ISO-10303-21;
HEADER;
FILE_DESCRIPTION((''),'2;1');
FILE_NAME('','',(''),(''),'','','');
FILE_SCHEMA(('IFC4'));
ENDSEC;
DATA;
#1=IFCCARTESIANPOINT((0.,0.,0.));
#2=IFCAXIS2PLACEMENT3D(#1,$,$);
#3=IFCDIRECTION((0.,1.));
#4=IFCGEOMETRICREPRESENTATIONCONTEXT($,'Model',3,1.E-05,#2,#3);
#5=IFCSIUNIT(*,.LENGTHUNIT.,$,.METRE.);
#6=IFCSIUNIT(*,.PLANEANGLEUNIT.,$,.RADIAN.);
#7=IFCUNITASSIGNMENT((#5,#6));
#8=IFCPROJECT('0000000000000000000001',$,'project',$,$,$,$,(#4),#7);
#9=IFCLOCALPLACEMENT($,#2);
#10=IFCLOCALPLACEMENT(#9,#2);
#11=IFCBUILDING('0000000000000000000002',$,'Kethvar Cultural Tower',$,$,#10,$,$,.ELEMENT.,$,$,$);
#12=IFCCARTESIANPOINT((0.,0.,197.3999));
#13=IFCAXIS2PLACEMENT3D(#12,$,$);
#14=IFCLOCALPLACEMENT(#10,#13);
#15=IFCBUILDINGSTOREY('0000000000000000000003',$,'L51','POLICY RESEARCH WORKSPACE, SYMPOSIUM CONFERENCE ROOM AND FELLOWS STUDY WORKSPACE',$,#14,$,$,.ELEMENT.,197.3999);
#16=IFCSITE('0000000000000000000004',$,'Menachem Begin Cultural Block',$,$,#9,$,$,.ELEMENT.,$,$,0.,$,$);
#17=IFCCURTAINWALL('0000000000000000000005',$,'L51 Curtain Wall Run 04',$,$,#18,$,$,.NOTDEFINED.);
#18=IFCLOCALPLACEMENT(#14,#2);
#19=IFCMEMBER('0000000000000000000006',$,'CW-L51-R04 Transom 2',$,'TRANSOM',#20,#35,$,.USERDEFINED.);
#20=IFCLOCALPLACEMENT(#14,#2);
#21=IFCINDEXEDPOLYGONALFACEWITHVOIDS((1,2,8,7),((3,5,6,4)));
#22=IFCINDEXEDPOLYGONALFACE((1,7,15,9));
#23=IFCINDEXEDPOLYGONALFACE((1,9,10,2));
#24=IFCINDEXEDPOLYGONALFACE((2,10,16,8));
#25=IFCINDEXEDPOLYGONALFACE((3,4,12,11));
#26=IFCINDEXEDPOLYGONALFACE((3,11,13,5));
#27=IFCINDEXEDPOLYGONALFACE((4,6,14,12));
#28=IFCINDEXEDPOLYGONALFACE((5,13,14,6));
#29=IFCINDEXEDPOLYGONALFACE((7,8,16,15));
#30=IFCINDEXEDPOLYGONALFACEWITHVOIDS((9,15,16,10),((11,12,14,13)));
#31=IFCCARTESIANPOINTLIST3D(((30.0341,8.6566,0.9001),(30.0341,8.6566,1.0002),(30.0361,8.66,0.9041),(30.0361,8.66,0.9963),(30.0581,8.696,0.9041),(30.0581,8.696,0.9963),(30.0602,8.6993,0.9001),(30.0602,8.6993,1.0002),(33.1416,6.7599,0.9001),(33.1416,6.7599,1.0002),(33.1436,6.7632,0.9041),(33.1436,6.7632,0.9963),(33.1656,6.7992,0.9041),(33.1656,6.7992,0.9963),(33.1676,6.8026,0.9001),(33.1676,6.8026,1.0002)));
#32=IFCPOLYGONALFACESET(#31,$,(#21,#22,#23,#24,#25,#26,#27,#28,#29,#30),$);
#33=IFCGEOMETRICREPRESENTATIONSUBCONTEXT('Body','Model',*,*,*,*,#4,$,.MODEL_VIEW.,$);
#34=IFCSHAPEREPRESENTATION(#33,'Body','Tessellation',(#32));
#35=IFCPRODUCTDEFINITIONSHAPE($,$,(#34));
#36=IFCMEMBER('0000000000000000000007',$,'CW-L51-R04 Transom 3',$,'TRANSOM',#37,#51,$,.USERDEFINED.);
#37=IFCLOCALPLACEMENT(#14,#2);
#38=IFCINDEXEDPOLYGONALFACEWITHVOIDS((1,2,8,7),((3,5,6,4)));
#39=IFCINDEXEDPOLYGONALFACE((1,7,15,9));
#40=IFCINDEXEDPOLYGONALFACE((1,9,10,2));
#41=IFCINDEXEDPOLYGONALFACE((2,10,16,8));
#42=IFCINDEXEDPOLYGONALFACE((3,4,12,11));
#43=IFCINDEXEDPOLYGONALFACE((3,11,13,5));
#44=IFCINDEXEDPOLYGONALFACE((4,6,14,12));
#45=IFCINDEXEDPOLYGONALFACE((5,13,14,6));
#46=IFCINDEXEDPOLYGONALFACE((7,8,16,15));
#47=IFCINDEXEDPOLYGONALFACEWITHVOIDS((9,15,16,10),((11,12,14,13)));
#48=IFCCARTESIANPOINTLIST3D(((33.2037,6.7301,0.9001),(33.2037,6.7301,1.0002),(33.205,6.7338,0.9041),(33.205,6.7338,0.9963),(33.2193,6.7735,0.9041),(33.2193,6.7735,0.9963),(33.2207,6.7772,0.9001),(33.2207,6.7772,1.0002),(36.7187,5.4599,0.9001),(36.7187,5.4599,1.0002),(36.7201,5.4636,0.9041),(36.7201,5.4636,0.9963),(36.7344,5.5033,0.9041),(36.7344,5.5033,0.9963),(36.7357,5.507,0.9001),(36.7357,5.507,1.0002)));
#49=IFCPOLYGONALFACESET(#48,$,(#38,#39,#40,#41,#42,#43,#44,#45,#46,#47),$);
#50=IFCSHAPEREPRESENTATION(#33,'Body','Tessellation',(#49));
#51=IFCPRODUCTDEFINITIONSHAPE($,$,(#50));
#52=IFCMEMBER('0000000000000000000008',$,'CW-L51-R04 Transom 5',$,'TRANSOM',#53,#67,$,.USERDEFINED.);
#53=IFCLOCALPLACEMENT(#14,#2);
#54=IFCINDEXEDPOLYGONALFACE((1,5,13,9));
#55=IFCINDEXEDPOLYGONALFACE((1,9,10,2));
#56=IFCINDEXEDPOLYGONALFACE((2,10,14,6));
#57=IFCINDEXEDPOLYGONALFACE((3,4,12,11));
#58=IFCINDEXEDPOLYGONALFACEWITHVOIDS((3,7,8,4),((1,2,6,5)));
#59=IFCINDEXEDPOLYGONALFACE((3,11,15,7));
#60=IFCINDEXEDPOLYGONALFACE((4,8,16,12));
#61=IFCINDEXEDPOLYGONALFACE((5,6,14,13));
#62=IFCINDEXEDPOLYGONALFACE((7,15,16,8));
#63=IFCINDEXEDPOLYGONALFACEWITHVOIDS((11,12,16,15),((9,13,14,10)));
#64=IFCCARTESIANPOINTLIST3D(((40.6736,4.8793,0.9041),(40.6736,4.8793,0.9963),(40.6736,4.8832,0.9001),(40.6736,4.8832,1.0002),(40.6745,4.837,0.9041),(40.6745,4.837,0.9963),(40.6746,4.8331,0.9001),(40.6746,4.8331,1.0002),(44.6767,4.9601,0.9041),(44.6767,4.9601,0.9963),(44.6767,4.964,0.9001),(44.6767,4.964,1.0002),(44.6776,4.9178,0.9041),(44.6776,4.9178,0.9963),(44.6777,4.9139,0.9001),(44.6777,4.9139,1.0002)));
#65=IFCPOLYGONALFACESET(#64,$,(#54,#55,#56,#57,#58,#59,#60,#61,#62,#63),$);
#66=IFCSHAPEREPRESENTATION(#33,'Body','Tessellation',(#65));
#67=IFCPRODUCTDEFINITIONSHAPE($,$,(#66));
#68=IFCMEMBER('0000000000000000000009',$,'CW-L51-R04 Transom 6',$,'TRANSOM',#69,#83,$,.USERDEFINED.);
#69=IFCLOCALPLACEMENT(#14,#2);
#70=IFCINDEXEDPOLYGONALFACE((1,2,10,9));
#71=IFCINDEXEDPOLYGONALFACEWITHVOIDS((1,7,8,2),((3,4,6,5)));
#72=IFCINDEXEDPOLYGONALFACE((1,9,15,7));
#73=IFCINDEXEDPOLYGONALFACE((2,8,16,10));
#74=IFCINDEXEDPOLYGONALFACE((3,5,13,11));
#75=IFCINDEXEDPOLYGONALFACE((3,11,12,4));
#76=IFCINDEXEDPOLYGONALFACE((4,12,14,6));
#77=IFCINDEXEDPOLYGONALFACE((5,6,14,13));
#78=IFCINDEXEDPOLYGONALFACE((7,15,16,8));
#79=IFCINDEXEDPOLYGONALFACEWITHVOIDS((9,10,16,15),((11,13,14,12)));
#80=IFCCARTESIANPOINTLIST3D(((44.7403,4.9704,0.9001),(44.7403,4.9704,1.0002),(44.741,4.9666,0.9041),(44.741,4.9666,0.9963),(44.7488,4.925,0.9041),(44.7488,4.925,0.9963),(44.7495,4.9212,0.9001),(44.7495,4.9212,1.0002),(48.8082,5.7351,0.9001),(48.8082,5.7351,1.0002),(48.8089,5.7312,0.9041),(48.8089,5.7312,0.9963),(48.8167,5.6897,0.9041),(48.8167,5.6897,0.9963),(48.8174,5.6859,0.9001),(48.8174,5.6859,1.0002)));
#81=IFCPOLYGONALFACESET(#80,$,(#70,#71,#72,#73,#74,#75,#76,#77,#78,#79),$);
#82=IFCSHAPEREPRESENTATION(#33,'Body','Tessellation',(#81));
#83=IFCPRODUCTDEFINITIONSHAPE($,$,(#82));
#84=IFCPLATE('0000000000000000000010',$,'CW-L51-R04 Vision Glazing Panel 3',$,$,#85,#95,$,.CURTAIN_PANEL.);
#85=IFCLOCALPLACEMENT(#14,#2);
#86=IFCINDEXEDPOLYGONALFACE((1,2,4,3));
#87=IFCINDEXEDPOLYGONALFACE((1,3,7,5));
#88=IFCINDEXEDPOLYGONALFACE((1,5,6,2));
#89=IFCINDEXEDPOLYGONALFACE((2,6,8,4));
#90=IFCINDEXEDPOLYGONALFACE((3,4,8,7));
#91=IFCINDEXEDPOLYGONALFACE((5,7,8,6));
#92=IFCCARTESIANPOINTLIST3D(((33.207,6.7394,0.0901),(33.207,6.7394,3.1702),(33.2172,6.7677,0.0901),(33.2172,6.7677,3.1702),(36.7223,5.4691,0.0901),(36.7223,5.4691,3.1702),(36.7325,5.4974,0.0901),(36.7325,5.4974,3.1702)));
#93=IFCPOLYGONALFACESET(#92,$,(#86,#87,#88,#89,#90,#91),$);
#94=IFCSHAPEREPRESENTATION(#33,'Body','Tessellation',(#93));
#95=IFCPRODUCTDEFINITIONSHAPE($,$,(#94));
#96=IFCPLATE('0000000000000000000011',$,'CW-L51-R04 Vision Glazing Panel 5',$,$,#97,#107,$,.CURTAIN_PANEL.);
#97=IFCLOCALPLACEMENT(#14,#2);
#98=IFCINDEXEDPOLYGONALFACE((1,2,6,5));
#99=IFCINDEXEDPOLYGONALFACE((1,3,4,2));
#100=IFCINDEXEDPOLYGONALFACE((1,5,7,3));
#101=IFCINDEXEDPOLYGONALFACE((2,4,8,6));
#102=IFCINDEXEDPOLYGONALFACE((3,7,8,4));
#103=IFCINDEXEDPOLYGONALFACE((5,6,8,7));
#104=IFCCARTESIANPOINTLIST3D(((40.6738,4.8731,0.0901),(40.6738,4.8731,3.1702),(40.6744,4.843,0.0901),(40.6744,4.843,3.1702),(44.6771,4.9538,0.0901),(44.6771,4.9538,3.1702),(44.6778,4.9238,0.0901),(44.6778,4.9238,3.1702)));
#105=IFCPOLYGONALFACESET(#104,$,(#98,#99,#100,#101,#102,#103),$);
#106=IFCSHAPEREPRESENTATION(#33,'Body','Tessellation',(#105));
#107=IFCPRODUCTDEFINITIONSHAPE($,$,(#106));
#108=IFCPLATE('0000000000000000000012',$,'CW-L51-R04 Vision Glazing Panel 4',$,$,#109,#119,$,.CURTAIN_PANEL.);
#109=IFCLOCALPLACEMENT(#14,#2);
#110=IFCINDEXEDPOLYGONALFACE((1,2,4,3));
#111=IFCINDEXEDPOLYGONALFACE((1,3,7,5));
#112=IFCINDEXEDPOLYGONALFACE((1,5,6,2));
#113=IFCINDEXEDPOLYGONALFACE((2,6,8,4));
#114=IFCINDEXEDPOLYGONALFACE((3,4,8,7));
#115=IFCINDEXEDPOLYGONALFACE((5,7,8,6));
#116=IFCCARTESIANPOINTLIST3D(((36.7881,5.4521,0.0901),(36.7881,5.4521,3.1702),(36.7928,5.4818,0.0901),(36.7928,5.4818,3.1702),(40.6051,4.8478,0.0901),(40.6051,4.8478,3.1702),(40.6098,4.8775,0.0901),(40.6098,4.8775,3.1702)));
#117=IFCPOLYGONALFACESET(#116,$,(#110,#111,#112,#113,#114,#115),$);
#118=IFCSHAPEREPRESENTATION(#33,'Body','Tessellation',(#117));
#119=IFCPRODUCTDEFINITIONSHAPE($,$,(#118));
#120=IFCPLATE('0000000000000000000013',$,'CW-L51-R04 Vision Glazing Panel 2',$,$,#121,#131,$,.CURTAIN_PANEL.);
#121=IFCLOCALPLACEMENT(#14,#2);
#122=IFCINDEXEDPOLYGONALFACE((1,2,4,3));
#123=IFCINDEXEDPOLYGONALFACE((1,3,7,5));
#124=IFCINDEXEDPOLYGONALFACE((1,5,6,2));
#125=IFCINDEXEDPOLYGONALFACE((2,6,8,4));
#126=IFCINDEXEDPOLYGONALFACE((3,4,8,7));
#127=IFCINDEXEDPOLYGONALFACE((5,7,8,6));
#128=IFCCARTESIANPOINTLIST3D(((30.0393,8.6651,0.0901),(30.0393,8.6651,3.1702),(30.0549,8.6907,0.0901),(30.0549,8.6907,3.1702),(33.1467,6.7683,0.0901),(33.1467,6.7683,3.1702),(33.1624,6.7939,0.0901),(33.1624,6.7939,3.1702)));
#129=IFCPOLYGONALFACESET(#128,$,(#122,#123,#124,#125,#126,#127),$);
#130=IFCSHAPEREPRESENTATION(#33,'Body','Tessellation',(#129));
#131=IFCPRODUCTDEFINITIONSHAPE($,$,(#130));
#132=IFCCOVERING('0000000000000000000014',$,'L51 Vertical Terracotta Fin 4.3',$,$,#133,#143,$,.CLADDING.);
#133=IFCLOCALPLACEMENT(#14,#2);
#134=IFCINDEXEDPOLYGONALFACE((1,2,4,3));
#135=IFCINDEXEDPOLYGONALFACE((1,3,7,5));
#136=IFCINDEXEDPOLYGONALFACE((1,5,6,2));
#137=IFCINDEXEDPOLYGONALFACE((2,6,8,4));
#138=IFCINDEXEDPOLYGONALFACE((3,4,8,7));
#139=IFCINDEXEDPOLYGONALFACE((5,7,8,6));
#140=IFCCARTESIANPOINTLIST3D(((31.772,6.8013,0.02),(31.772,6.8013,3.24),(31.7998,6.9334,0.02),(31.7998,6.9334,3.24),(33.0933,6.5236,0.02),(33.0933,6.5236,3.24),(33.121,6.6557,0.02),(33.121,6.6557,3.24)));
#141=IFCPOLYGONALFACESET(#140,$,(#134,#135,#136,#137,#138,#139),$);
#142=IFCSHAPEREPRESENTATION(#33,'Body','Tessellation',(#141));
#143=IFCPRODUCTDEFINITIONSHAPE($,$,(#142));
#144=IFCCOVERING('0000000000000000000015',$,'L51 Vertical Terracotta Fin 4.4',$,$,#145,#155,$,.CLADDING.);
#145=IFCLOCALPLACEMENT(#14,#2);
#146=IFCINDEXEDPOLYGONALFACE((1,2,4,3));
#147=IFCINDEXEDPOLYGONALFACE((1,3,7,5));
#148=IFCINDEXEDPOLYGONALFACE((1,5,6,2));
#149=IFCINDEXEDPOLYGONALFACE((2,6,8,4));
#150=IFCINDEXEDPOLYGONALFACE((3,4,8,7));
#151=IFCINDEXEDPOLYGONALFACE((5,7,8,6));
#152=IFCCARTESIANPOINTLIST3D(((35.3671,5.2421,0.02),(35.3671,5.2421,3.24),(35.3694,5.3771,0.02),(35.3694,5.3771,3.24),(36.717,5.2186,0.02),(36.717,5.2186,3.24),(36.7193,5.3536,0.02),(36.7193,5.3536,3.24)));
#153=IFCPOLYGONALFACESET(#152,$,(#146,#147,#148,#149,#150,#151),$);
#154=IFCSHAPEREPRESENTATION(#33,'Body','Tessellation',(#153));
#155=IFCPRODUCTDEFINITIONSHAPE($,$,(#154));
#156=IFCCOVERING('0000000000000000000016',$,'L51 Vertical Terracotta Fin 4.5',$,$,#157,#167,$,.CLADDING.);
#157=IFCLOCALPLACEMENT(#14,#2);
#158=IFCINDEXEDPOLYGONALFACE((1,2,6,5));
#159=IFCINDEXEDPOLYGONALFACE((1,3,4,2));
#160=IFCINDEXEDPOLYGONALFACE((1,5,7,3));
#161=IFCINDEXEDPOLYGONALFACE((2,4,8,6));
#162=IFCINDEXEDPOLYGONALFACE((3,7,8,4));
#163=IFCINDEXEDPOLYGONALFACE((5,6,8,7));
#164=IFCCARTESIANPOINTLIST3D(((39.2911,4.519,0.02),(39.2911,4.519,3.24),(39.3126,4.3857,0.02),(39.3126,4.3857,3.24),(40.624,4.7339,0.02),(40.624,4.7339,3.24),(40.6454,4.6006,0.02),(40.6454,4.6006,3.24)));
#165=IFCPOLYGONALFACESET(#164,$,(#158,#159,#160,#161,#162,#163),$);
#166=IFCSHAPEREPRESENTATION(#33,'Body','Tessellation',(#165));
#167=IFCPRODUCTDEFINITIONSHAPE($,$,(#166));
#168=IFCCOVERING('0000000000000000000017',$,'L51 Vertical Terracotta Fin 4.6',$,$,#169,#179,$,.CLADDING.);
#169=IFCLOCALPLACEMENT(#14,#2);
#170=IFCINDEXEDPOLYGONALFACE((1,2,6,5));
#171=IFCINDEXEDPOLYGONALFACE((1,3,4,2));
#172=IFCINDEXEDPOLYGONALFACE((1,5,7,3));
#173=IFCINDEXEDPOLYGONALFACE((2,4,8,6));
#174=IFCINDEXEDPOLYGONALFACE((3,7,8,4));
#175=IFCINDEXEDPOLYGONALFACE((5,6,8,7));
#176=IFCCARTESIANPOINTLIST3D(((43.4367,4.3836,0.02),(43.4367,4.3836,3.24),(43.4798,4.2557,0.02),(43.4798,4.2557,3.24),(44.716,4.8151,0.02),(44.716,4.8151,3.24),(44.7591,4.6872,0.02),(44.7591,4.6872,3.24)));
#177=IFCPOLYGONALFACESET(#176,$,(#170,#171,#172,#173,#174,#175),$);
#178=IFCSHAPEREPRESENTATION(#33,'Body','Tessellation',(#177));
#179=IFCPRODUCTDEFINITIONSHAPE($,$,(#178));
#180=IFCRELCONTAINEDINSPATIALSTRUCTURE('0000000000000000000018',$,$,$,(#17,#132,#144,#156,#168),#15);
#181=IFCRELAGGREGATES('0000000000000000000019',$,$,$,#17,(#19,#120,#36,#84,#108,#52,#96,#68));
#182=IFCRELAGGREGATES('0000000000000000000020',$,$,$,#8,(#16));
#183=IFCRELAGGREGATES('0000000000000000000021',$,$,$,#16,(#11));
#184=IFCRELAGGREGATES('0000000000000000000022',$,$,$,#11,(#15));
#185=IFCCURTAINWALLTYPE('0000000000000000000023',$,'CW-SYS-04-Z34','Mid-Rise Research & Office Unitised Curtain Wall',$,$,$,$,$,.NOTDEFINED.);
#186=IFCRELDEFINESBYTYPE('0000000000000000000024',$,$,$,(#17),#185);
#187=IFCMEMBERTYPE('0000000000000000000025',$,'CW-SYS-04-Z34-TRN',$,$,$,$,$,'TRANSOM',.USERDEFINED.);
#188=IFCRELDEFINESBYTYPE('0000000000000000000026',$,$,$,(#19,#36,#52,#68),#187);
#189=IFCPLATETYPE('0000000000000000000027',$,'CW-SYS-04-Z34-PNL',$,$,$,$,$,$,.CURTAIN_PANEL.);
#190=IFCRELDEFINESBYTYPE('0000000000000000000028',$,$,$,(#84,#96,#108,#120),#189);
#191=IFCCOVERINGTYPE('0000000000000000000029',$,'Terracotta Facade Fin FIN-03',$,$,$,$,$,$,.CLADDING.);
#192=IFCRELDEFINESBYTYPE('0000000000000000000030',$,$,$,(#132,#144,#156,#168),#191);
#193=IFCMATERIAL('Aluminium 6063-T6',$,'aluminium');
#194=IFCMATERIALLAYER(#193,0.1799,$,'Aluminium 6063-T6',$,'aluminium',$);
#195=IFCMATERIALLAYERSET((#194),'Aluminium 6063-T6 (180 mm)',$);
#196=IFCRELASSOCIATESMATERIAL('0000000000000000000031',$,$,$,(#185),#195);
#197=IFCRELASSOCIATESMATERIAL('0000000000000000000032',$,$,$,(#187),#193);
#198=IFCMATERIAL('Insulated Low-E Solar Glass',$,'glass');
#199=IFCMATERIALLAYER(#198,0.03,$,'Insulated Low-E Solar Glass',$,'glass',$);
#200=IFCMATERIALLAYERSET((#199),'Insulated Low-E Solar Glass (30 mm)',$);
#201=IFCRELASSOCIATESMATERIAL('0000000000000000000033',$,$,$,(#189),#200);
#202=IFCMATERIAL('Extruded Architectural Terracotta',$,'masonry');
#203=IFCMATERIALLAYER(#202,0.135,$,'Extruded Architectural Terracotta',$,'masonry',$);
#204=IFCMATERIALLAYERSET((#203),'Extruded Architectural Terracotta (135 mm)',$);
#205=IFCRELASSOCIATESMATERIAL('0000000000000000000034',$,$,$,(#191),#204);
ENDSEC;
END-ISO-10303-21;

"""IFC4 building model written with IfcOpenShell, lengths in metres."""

from ifc_helpers import new_model, si_unit, direction, frame, origin, origin_2d, place, context, subcontext, project, spatial, rectangle, hollow_rectangle, extrude, source, transform, mapped, material, layer, layer_set, material_profile, profile_set, type_object, element, aggregate, save


model = new_model("IFC4")

# Units and contexts
model_context = context("Model", 3, precision=1e-05, world=origin(), true_north=direction((0.0, 1.0)))
body_context = subcontext(model_context, "Body", "Model", "MODEL_VIEW")
ifc_project = project(units=[si_unit("LENGTHUNIT", "METRE"), si_unit("PLANEANGLEUNIT", "RADIAN")], contexts=[model_context])

# Site, building, storey
site_placement = place(None, origin())
site = spatial("IfcSite", under=ifc_project, at=site_placement, Name="Menachem Begin Cultural Block", CompositionType="ELEMENT", RefElevation=0.0)
building_placement = place(site_placement, origin())
building = spatial("IfcBuilding", under=site, at=building_placement, Name="Kethvar Cultural Tower", CompositionType="ELEMENT")
storey_placement = place(building_placement, frame((0.0, 0.0, 197.3999)))
storey = spatial("IfcBuildingStorey", under=building, at=storey_placement, Name="L51", Description="POLICY RESEARCH WORKSPACE, SYMPOSIUM CONFERENCE ROOM AND FELLOWS STUDY WORKSPACE", CompositionType="ELEMENT", Elevation=197.3999)

# Curtain wall, members, plates
ifc_material_1 = material(Name="Aluminium 6063-T6", Category="aluminium")
ifc_layer_1 = layer(ifc_material_1, 0.1799, Name="Aluminium 6063-T6", Category="aluminium")
ifc_layer_set_1 = layer_set([ifc_layer_1], Name="Aluminium 6063-T6 (180 mm)")
curtain_wall_type = type_object("IfcCurtainWallType", Name="CW-SYS-04-Z34", Description="Mid-Rise Research & Office Unitised Curtain Wall", PredefinedType="NOTDEFINED", material=ifc_layer_set_1)
curtain_wall_placement = place(storey_placement, origin())
curtain_wall = element("IfcCurtainWall", 1, at=curtain_wall_placement, inside=storey, type_object=curtain_wall_type, Name="L51 Curtain Wall Run 04", PredefinedType="NOTDEFINED")
ifc_material_profile_1 = material_profile(ifc_material_1, hollow_rectangle(XDim=0.05, YDim=0.1001, WallThickness=0.0039, at=origin_2d()), Name="Aluminium 6063-T6 — RHS100x50x4")
ifc_profile_set_1 = profile_set([ifc_material_profile_1], Name="Aluminium 6063-T6 — RHS100x50x4")
member_type_1 = type_object("IfcMemberType", Name="CW-SYS-04-Z34-TRN", ElementType="TRANSOM", PredefinedType="USERDEFINED", material=ifc_profile_set_1)
shared_shape_1 = source(origin(), body_context, "Body", "SweptSolid", [
    extrude(hollow_rectangle(XDim=0.05, YDim=0.1001, WallThickness=0.0039, at=origin_2d()), origin(), (0.0, 0.0, 1.0), 3.6406),
])
member_1_placement = place(storey_placement, frame((30.0471, 8.678, 0.9502), z_axis=(0.853557, -0.521, 0.0), x_axis=(0.521, 0.853557, 0.0)))
member_1 = element("IfcMember", 2, at=member_1_placement, type_object=member_type_1, Name="CW-L51-R04 Transom 2", ObjectType="TRANSOM", PredefinedType="USERDEFINED", context=body_context, shape_type="MappedRepresentation", body=[
    mapped(shared_shape_1, transform((0.0, 0.0, 0.0), scale=1.0)),
])
shared_shape_2 = source(origin(), body_context, "Body", "SweptSolid", [
    extrude(hollow_rectangle(XDim=0.05, YDim=0.1001, WallThickness=0.0039, at=origin_2d()), origin(), (0.0, 0.0, 1.0), 3.7375),
])
member_2_placement = place(storey_placement, frame((33.2122, 6.7537, 0.9502), z_axis=(0.940476, -0.33986, 0.0), x_axis=(0.33986, 0.940476, 0.0)))
member_2 = element("IfcMember", 3, at=member_2_placement, type_object=member_type_1, Name="CW-L51-R04 Transom 3", ObjectType="TRANSOM", PredefinedType="USERDEFINED", context=body_context, shape_type="MappedRepresentation", body=[
    mapped(shared_shape_2, transform((0.0, 0.0, 0.0), scale=1.0)),
])
shared_shape_3 = source(origin(), body_context, "Body", "SweptSolid", [
    extrude(hollow_rectangle(XDim=0.05, YDim=0.1001, WallThickness=0.0039, at=origin_2d()), origin(), (0.0, 0.0, 1.0), 4.0039),
])
member_3_placement = place(storey_placement, frame((40.6741, 4.8582, 0.9502), z_axis=(0.999796, 0.020183, 0.0), x_axis=(-0.020183, 0.999796, 0.0)))
member_3 = element("IfcMember", 4, at=member_3_placement, type_object=member_type_1, Name="CW-L51-R04 Transom 5", ObjectType="TRANSOM", PredefinedType="USERDEFINED", context=body_context, shape_type="MappedRepresentation", body=[
    mapped(shared_shape_3, transform((0.0, 0.0, 0.0), scale=1.0)),
])
shared_shape_4 = source(origin(), body_context, "Body", "SweptSolid", [
    extrude(hollow_rectangle(XDim=0.05, YDim=0.1001, WallThickness=0.0039, at=origin_2d()), origin(), (0.0, 0.0, 1.0), 4.1392),
])
member_4_placement = place(storey_placement, frame((44.7449, 4.9458, 0.9502), z_axis=(0.982788, 0.184737, 0.0), x_axis=(-0.184737, 0.982788, 0.0)))
member_4 = element("IfcMember", 5, at=member_4_placement, type_object=member_type_1, Name="CW-L51-R04 Transom 6", ObjectType="TRANSOM", PredefinedType="USERDEFINED", context=body_context, shape_type="MappedRepresentation", body=[
    mapped(shared_shape_4, transform((0.0, 0.0, 0.0), scale=1.0)),
])
ifc_material_2 = material(Name="Insulated Low-E Solar Glass", Category="glass")
ifc_layer_2 = layer(ifc_material_2, 0.03, Name="Insulated Low-E Solar Glass", Category="glass")
ifc_layer_set_2 = layer_set([ifc_layer_2], Name="Insulated Low-E Solar Glass (30 mm)")
plate_type = type_object("IfcPlateType", Name="CW-SYS-04-Z34-PNL", PredefinedType="CURTAIN_PANEL", material=ifc_layer_set_2)
shared_shape_5 = source(origin(), body_context, "Body", "SweptSolid", [
    extrude(rectangle(XDim=3.7378, YDim=0.03, at=origin_2d()), origin(), (0.0, 0.0, 1.0), 3.0801),
])
plate_1_placement = place(storey_placement, frame((34.9697, 6.1184, 0.0901), z_axis=(0.0, 0.0, 1.0), x_axis=(0.940478, -0.339854, 0.0)))
plate_1 = element("IfcPlate", 6, at=plate_1_placement, type_object=plate_type, Name="CW-L51-R04 Vision Glazing Panel 3", PredefinedType="CURTAIN_PANEL", context=body_context, shape_type="MappedRepresentation", body=[
    mapped(shared_shape_5, transform((0.0, 0.0, 0.0), scale=1.0)),
])
shared_shape_6 = source(origin(), body_context, "Body", "SweptSolid", [
    extrude(rectangle(XDim=4.0042, YDim=0.03, at=origin_2d()), origin(), (0.0, 0.0, 1.0), 3.0801),
])
plate_2_placement = place(storey_placement, frame((42.6758, 4.8984, 0.0901), z_axis=(0.0, 0.0, 1.0), x_axis=(0.999796, 0.020175, 0.0)))
plate_2 = element("IfcPlate", 7, at=plate_2_placement, type_object=plate_type, Name="CW-L51-R04 Vision Glazing Panel 5", PredefinedType="CURTAIN_PANEL", context=body_context, shape_type="MappedRepresentation", body=[
    mapped(shared_shape_6, transform((0.0, 0.0, 0.0), scale=1.0)),
])
shared_shape_7 = source(origin(), body_context, "Body", "SweptSolid", [
    extrude(rectangle(XDim=3.8645, YDim=0.03, at=origin_2d()), origin(), (0.0, 0.0, 1.0), 3.0801),
])
plate_3_placement = place(storey_placement, frame((38.699, 5.1648, 0.0901), z_axis=(0.0, 0.0, 1.0), x_axis=(0.987697, -0.156383, 0.0)))
plate_3 = element("IfcPlate", 8, at=plate_3_placement, type_object=plate_type, Name="CW-L51-R04 Vision Glazing Panel 4", PredefinedType="CURTAIN_PANEL", context=body_context, shape_type="MappedRepresentation", body=[
    mapped(shared_shape_7, transform((0.0, 0.0, 0.0), scale=1.0)),
])
shared_shape_8 = source(origin(), body_context, "Body", "SweptSolid", [
    extrude(rectangle(XDim=3.6406, YDim=0.03, at=origin_2d()), origin(), (0.0, 0.0, 1.0), 3.0801),
])
plate_4_placement = place(storey_placement, frame((31.6008, 7.7295, 0.0901), z_axis=(0.0, 0.0, 1.0), x_axis=(0.853551, -0.52101, 0.0)))
plate_4 = element("IfcPlate", 9, at=plate_4_placement, type_object=plate_type, Name="CW-L51-R04 Vision Glazing Panel 2", PredefinedType="CURTAIN_PANEL", context=body_context, shape_type="MappedRepresentation", body=[
    mapped(shared_shape_8, transform((0.0, 0.0, 0.0), scale=1.0)),
])
aggregate(curtain_wall, [member_1, plate_4, member_2, plate_1, plate_3, member_3, plate_2, member_4])

# Coverings
ifc_material_3 = material(Name="Extruded Architectural Terracotta", Category="masonry")
ifc_layer_3 = layer(ifc_material_3, 0.135, Name="Extruded Architectural Terracotta", Category="masonry")
ifc_layer_set_3 = layer_set([ifc_layer_3], Name="Extruded Architectural Terracotta (135 mm)")
covering_type = type_object("IfcCoveringType", Name="Terracotta Facade Fin FIN-03", PredefinedType="CLADDING", material=ifc_layer_set_3)
shared_shape_9 = source(origin(), body_context, "Body", "SweptSolid", [
    extrude(rectangle(XDim=1.3501, YDim=0.135, at=origin_2d()), origin(), (0.0, 0.0, 1.0), 3.22),
])
for number, where, z_axis, x_axis, name in (
    (10, (32.4465, 6.7285, 0.02), (0.0, 0.0, 1.0), (-0.978617, 0.205692, 0.0), "L51 Vertical Terracotta Fin 4.3"),
    (11, (36.0432, 5.2979, 0.02), (0.0, 0.0, 1.0), (-0.999848, 0.017452, 0.0), "L51 Vertical Terracotta Fin 4.4"),
    (12, (39.9683, 4.5598, 0.02), (0.0, 0.0, 1.0), (-0.987248, -0.159192, 0.0), "L51 Vertical Terracotta Fin 4.5"),
    (13, (44.0979, 4.5354, 0.02), (0.0, 0.0, 1.0), (-0.947546, -0.319621, 0.0), "L51 Vertical Terracotta Fin 4.6"),
):
    element("IfcCovering", number, at=place(storey_placement, frame(where, z_axis=z_axis, x_axis=x_axis)), inside=storey, type_object=covering_type, Name=name, PredefinedType="CLADDING", context=body_context, shape_type="MappedRepresentation", body=[
        mapped(shared_shape_9, transform((0.0, 0.0, 0.0), scale=1.0)),
    ])

save(model, "model.ifc")
